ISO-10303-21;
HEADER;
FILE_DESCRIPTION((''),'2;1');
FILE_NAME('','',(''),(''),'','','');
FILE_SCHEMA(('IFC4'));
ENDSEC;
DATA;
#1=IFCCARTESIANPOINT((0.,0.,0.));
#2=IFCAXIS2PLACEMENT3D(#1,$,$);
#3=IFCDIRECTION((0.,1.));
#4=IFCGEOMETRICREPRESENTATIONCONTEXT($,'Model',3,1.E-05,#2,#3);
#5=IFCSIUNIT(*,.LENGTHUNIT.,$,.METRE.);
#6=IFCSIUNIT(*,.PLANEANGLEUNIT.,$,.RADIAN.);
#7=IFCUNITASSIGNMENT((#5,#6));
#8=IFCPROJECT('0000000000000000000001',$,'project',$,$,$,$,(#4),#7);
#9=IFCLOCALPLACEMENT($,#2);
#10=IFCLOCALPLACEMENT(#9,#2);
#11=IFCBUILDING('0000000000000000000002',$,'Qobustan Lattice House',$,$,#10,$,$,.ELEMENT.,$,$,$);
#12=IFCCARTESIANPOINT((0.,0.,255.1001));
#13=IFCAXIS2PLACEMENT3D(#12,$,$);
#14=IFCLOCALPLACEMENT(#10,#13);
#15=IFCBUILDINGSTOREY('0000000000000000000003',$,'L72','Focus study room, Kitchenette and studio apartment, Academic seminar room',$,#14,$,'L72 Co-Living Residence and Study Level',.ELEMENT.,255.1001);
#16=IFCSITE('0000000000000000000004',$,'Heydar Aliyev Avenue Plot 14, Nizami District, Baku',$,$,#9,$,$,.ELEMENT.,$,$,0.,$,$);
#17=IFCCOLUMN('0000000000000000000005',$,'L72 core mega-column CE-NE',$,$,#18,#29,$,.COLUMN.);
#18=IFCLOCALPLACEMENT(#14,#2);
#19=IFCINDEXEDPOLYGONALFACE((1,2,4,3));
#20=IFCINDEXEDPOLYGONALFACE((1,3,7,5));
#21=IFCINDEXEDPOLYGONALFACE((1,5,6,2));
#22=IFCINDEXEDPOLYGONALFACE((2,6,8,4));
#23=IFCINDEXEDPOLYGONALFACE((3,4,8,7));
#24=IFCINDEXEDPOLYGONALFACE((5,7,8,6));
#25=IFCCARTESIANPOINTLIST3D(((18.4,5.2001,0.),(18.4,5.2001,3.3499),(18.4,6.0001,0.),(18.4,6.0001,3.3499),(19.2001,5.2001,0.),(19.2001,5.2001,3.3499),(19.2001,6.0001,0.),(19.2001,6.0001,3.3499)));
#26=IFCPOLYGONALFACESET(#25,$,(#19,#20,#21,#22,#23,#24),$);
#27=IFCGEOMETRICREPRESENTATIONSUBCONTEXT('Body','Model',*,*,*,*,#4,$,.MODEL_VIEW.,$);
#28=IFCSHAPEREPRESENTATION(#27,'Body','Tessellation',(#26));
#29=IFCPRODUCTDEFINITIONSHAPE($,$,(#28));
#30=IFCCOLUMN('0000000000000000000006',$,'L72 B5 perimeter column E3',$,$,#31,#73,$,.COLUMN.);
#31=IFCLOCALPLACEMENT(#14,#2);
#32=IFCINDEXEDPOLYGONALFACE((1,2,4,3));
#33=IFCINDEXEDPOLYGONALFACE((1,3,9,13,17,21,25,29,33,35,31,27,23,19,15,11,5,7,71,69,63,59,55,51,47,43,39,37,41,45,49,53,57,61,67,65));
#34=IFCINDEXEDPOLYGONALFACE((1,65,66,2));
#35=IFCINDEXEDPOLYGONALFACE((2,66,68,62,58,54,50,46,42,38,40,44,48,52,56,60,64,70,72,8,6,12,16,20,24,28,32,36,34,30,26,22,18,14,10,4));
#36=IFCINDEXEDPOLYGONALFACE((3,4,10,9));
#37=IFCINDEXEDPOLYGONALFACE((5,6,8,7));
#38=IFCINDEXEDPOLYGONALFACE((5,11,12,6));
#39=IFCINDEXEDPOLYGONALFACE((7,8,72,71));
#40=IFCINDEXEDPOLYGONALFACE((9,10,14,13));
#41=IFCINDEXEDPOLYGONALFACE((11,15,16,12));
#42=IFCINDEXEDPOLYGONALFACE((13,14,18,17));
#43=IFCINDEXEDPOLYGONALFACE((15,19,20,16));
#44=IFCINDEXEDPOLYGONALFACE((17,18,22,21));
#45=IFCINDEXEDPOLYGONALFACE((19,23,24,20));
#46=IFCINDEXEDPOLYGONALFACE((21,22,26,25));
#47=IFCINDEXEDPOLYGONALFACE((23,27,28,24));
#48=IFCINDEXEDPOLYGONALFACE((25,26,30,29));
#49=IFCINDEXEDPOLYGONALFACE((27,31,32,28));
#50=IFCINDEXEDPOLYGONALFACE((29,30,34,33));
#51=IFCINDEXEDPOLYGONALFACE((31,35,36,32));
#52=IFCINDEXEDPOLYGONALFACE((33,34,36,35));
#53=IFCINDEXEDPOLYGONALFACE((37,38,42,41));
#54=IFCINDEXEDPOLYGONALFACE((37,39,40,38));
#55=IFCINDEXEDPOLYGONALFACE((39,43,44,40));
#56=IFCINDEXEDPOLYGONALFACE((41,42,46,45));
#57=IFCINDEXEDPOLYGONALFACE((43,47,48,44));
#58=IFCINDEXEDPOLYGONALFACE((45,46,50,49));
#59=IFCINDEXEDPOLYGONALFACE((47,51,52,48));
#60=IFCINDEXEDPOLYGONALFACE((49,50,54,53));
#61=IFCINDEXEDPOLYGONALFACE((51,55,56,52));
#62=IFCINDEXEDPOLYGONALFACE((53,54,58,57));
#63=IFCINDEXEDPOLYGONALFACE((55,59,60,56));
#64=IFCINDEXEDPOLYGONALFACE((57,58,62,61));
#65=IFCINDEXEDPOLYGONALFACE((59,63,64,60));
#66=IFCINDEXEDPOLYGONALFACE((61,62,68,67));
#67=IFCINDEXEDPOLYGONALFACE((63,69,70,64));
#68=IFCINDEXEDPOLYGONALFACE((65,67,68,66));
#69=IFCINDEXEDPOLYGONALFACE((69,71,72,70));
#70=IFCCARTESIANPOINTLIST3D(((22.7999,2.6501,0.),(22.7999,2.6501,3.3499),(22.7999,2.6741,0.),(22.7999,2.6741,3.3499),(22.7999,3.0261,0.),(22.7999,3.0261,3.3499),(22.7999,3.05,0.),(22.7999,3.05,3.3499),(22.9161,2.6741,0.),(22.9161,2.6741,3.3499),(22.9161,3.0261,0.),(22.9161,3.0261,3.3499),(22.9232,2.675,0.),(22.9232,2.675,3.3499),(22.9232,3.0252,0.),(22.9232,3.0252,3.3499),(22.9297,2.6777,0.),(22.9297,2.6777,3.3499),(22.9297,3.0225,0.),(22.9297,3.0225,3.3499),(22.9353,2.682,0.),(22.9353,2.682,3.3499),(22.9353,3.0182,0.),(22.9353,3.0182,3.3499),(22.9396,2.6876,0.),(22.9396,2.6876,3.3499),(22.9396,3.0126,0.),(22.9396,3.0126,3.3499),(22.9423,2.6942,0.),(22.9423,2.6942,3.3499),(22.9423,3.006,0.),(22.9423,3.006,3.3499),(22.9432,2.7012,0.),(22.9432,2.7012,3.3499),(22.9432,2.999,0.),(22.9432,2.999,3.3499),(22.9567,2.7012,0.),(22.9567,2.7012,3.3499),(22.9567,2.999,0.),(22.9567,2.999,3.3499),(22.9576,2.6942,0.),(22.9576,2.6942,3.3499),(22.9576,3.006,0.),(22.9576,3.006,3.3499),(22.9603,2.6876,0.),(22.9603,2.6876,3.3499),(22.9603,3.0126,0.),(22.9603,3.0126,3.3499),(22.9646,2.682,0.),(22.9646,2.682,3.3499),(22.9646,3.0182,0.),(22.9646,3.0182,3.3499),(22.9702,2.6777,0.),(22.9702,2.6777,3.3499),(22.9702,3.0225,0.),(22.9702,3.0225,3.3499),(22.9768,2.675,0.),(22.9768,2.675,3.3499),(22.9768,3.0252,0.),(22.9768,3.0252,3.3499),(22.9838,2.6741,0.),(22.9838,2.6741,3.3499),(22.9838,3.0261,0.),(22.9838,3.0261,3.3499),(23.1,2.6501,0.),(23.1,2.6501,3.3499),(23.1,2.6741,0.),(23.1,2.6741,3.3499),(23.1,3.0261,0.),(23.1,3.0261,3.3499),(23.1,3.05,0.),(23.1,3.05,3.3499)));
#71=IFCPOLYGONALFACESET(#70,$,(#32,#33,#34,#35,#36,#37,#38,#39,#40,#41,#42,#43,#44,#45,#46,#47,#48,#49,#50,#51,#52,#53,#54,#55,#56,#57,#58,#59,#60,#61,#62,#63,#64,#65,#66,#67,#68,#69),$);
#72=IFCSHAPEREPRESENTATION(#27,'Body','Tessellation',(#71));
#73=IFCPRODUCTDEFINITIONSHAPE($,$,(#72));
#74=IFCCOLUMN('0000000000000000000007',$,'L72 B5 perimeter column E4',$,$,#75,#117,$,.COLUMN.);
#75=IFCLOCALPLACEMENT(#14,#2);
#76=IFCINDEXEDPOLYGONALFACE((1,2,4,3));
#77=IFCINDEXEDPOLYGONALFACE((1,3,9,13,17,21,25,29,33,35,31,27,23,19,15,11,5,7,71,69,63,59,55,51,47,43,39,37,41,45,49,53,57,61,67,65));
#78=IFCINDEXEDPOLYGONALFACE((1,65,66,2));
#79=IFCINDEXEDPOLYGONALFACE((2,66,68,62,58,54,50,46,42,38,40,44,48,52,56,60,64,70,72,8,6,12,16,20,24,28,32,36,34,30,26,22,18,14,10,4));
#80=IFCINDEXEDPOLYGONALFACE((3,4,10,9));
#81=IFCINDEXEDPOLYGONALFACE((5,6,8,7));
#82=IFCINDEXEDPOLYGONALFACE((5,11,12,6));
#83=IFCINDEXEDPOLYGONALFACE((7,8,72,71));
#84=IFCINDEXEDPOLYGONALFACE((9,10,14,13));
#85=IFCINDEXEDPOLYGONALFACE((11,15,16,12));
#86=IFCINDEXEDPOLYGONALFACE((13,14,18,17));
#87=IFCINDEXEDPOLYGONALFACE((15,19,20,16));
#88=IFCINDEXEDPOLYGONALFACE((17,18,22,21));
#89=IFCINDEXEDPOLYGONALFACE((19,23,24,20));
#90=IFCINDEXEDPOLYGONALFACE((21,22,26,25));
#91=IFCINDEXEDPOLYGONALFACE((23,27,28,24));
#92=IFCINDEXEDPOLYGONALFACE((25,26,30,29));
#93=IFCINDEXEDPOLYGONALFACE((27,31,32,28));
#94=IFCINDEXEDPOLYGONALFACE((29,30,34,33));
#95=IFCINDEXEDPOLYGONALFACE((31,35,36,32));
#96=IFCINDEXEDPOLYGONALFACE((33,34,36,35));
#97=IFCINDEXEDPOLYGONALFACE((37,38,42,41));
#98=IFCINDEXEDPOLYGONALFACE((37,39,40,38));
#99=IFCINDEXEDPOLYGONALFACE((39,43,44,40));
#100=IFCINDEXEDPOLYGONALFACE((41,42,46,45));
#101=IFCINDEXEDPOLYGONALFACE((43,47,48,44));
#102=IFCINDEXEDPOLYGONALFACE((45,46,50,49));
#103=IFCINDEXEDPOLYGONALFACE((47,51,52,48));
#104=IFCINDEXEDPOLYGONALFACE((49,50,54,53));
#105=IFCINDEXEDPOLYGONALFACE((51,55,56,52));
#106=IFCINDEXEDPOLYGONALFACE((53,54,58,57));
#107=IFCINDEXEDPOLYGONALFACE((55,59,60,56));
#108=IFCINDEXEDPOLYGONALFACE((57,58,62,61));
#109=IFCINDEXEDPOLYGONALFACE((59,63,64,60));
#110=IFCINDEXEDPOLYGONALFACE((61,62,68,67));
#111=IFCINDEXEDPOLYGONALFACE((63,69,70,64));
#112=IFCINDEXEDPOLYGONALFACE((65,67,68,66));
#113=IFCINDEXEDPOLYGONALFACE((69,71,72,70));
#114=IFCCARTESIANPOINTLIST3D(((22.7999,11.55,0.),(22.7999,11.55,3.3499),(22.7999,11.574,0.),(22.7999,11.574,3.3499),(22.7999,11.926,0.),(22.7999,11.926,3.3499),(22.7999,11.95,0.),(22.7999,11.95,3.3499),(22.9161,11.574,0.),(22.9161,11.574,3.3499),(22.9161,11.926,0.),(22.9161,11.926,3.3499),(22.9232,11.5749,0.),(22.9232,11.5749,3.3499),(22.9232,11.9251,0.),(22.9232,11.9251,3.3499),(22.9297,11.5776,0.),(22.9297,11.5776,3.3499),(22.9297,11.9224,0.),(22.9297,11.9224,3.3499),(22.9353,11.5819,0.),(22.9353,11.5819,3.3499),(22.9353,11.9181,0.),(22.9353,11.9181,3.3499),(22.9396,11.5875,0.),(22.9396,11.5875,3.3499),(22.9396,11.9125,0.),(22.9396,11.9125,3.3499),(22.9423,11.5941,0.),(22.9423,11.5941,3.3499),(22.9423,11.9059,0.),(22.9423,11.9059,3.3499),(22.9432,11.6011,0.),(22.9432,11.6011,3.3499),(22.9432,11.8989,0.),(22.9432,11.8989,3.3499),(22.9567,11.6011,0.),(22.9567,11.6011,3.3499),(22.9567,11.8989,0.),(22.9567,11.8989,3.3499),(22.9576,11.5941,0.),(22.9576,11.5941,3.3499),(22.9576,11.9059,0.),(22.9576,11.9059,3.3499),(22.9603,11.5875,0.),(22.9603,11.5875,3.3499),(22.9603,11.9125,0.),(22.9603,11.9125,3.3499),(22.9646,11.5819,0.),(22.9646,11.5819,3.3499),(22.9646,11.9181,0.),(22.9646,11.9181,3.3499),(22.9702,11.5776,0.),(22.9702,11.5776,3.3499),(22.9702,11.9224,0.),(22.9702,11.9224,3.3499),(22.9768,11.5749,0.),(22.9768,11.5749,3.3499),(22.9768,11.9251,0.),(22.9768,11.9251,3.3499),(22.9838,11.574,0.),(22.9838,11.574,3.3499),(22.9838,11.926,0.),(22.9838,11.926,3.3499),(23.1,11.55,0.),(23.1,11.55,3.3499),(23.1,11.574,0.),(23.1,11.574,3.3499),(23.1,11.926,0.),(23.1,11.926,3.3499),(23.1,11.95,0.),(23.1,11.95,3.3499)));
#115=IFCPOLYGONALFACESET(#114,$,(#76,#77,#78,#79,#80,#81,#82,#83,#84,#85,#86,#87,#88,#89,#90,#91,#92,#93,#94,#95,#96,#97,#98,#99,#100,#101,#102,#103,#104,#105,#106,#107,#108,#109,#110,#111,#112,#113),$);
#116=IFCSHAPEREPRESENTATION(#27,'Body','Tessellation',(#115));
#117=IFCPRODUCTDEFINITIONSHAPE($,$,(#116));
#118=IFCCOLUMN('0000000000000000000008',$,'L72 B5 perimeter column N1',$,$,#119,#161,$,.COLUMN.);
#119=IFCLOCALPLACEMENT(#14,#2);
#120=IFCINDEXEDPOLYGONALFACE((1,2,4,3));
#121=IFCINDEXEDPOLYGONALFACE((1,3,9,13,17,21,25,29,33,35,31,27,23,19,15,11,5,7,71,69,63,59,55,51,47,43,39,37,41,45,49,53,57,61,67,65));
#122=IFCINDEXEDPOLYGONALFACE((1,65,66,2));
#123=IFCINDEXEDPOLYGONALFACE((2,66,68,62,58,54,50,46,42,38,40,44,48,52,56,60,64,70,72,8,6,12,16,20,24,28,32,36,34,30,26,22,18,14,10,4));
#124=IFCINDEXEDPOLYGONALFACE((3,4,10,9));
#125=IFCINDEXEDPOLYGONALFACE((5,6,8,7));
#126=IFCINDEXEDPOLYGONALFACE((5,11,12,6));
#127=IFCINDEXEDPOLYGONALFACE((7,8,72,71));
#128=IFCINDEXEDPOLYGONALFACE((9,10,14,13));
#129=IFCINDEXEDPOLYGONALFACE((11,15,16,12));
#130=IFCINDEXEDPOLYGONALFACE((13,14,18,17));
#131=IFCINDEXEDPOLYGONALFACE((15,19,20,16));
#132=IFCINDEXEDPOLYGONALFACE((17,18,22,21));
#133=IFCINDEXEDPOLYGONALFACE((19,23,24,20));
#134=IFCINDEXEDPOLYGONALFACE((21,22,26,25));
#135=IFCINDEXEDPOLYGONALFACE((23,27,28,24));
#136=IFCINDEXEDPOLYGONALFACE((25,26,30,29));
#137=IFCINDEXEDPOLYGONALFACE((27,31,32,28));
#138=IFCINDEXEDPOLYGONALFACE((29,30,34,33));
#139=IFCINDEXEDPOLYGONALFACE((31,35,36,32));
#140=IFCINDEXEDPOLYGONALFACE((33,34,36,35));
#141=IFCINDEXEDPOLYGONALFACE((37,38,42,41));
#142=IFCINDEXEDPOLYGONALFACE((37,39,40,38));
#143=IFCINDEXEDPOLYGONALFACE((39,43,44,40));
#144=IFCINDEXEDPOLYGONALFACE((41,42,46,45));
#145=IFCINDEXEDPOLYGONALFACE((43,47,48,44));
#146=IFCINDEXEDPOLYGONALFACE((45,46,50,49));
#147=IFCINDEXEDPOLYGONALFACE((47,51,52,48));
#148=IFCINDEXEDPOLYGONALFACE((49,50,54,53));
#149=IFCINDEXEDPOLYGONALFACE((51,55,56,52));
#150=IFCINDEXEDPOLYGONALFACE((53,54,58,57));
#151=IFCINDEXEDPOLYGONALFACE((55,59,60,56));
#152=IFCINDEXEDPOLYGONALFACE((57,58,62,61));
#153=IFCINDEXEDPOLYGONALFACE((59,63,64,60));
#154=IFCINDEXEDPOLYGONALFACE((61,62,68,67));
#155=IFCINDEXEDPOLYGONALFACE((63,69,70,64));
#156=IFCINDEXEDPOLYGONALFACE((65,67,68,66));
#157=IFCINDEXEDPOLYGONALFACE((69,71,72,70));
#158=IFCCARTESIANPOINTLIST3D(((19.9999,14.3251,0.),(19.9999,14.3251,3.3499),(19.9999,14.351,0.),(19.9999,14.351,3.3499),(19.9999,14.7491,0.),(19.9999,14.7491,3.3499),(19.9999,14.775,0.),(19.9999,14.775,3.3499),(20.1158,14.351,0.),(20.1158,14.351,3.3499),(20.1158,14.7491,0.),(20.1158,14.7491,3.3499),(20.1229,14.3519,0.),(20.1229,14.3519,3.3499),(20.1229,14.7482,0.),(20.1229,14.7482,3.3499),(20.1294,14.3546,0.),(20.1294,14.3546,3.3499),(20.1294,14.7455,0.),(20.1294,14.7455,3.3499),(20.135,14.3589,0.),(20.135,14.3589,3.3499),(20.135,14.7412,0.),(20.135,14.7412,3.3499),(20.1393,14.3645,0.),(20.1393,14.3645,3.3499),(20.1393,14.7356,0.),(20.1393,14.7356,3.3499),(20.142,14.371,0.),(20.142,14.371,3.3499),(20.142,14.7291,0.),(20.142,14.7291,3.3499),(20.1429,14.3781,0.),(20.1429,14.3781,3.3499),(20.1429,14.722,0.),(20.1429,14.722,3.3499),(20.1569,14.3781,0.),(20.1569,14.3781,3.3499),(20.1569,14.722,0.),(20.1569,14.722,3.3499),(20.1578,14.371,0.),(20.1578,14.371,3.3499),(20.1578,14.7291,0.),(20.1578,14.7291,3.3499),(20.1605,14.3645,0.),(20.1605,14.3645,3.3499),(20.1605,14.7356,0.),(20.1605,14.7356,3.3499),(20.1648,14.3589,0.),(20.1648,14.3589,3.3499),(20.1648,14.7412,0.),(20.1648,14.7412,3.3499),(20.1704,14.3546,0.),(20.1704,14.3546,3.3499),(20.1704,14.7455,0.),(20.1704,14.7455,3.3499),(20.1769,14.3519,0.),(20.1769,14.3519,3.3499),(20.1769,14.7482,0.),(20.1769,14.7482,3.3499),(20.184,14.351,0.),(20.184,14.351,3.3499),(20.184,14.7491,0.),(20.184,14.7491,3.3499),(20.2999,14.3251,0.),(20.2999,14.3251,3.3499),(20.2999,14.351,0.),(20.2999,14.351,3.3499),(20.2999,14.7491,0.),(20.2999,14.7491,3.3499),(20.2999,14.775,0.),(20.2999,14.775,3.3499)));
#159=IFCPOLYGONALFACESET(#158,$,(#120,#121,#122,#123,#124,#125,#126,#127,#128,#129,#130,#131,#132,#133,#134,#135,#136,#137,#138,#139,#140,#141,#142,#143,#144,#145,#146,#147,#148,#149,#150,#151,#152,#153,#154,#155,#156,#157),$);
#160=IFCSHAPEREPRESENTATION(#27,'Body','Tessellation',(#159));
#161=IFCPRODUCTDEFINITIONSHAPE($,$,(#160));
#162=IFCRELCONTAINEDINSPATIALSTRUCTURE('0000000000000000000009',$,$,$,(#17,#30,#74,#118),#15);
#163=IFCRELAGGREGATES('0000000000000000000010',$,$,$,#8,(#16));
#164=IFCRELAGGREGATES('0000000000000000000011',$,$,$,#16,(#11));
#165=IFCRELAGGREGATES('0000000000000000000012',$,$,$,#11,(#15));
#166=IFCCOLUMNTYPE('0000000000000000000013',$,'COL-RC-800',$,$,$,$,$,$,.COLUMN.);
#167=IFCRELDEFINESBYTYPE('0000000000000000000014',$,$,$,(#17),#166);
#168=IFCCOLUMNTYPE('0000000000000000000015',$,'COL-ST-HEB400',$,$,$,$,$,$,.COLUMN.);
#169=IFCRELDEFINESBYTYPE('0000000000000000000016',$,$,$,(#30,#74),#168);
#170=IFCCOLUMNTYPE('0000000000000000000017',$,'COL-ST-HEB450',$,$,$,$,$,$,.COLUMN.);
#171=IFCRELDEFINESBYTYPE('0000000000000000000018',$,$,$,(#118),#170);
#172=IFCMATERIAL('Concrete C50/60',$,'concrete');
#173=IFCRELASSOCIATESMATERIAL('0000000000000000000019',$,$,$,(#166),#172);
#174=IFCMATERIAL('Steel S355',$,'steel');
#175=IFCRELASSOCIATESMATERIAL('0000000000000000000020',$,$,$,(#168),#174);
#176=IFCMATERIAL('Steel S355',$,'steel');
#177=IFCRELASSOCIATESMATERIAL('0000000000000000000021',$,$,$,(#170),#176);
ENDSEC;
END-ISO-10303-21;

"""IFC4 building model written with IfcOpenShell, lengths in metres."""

from ifc_helpers import new_model, si_unit, direction, frame, origin, origin_2d, place, context, subcontext, project, spatial, rectangle, i_section, extrude, material, material_profile, profile_set, type_object, element, save


model = new_model("IFC4")

# Units and contexts
model_context = context("Model", 3, precision=1e-05, world=origin(), true_north=direction((0.0, 1.0)))
body_context = subcontext(model_context, "Body", "Model", "MODEL_VIEW")
ifc_project = project(units=[si_unit("LENGTHUNIT", "METRE"), si_unit("PLANEANGLEUNIT", "RADIAN")], contexts=[model_context])

# Site, building, storey
site_placement = place(None, origin())
site = spatial("IfcSite", under=ifc_project, at=site_placement, Name="Heydar Aliyev Avenue Plot 14, Nizami District, Baku", CompositionType="ELEMENT", RefElevation=0.0)
building_placement = place(site_placement, origin())
building = spatial("IfcBuilding", under=site, at=building_placement, Name="Qobustan Lattice House", CompositionType="ELEMENT")
storey_placement = place(building_placement, frame((0.0, 0.0, 255.1001)))
storey = spatial("IfcBuildingStorey", under=building, at=storey_placement, Name="L72", Description="Focus study room, Kitchenette and studio apartment, Academic seminar room", LongName="L72 Co-Living Residence and Study Level", CompositionType="ELEMENT", Elevation=255.1001)

# Columns
ifc_material_1 = material(Name="Concrete C50/60", Category="concrete")
ifc_material_profile_1 = material_profile(ifc_material_1, rectangle(XDim=0.8, YDim=0.8, at=origin_2d()), Name="RC800x800")
ifc_profile_set_1 = profile_set([ifc_material_profile_1], Name="Concrete C50/60")
column_type_1 = type_object("IfcColumnType", Name="COL-RC-800", PredefinedType="COLUMN", material=ifc_profile_set_1)
column_1_placement = place(storey_placement, frame((18.8, 5.6001, 0.0), z_axis=(0.0, 0.0, 1.0), x_axis=(1.0, 0.0, 0.0)))
element("IfcColumn", 1, at=column_1_placement, inside=storey, type_object=column_type_1, Name="L72 core mega-column CE-NE", PredefinedType="COLUMN", context=body_context, shape_type="SweptSolid", body=[
    extrude(rectangle(XDim=0.8, YDim=0.8, at=origin_2d()), origin(), (0.0, 0.0, 1.0), 3.3499),
])
ifc_material_2 = material(Name="Steel S355", Category="steel")
ifc_material_profile_2 = material_profile(ifc_material_2, i_section(OverallWidth=0.3, OverallDepth=0.3999, WebThickness=0.0134, FlangeThickness=0.0239, FilletRadius=0.0271, at=origin_2d()), Name="HEB400")
ifc_profile_set_2 = profile_set([ifc_material_profile_2], Name="Steel S355")
column_type_2 = type_object("IfcColumnType", Name="COL-ST-HEB400", PredefinedType="COLUMN", material=ifc_profile_set_2)
for number, where, z_axis, x_axis, name in (
    (2, (22.95, 2.8501, 0.0), (0.0, 0.0, 1.0), (1.0, 0.0, 0.0), "L72 B5 perimeter column E3"),
    (3, (22.95, 11.75, 0.0), (0.0, 0.0, 1.0), (1.0, 0.0, 0.0), "L72 B5 perimeter column E4"),
):
    element("IfcColumn", number, at=place(storey_placement, frame(where, z_axis=z_axis, x_axis=x_axis)), inside=storey, type_object=column_type_2, Name=name, PredefinedType="COLUMN", context=body_context, shape_type="SweptSolid", body=[
        extrude(i_section(OverallWidth=0.3, OverallDepth=0.3999, WebThickness=0.0134, FlangeThickness=0.0239, FilletRadius=0.0271, at=origin_2d()), origin(), (0.0, 0.0, 1.0), 3.3499),
    ])
ifc_material_3 = material(Name="Steel S355", Category="steel")
ifc_material_profile_3 = material_profile(ifc_material_3, i_section(OverallWidth=0.3, OverallDepth=0.45, WebThickness=0.0139, FlangeThickness=0.0259, FilletRadius=0.0271, at=origin_2d()), Name="HEB450")
ifc_profile_set_3 = profile_set([ifc_material_profile_3], Name="Steel S355")
column_type_3 = type_object("IfcColumnType", Name="COL-ST-HEB450", PredefinedType="COLUMN", material=ifc_profile_set_3)
column_2_placement = place(storey_placement, frame((20.1499, 14.55, 0.0), z_axis=(0.0, 0.0, 1.0), x_axis=(1.0, 0.0, 0.0)))
element("IfcColumn", 4, at=column_2_placement, inside=storey, type_object=column_type_3, Name="L72 B5 perimeter column N1", PredefinedType="COLUMN", context=body_context, shape_type="SweptSolid", body=[
    extrude(i_section(OverallWidth=0.3, OverallDepth=0.45, WebThickness=0.0139, FlangeThickness=0.0259, FilletRadius=0.0271, at=origin_2d()), origin(), (0.0, 0.0, 1.0), 3.3499),
])

save(model, "model.ifc")
